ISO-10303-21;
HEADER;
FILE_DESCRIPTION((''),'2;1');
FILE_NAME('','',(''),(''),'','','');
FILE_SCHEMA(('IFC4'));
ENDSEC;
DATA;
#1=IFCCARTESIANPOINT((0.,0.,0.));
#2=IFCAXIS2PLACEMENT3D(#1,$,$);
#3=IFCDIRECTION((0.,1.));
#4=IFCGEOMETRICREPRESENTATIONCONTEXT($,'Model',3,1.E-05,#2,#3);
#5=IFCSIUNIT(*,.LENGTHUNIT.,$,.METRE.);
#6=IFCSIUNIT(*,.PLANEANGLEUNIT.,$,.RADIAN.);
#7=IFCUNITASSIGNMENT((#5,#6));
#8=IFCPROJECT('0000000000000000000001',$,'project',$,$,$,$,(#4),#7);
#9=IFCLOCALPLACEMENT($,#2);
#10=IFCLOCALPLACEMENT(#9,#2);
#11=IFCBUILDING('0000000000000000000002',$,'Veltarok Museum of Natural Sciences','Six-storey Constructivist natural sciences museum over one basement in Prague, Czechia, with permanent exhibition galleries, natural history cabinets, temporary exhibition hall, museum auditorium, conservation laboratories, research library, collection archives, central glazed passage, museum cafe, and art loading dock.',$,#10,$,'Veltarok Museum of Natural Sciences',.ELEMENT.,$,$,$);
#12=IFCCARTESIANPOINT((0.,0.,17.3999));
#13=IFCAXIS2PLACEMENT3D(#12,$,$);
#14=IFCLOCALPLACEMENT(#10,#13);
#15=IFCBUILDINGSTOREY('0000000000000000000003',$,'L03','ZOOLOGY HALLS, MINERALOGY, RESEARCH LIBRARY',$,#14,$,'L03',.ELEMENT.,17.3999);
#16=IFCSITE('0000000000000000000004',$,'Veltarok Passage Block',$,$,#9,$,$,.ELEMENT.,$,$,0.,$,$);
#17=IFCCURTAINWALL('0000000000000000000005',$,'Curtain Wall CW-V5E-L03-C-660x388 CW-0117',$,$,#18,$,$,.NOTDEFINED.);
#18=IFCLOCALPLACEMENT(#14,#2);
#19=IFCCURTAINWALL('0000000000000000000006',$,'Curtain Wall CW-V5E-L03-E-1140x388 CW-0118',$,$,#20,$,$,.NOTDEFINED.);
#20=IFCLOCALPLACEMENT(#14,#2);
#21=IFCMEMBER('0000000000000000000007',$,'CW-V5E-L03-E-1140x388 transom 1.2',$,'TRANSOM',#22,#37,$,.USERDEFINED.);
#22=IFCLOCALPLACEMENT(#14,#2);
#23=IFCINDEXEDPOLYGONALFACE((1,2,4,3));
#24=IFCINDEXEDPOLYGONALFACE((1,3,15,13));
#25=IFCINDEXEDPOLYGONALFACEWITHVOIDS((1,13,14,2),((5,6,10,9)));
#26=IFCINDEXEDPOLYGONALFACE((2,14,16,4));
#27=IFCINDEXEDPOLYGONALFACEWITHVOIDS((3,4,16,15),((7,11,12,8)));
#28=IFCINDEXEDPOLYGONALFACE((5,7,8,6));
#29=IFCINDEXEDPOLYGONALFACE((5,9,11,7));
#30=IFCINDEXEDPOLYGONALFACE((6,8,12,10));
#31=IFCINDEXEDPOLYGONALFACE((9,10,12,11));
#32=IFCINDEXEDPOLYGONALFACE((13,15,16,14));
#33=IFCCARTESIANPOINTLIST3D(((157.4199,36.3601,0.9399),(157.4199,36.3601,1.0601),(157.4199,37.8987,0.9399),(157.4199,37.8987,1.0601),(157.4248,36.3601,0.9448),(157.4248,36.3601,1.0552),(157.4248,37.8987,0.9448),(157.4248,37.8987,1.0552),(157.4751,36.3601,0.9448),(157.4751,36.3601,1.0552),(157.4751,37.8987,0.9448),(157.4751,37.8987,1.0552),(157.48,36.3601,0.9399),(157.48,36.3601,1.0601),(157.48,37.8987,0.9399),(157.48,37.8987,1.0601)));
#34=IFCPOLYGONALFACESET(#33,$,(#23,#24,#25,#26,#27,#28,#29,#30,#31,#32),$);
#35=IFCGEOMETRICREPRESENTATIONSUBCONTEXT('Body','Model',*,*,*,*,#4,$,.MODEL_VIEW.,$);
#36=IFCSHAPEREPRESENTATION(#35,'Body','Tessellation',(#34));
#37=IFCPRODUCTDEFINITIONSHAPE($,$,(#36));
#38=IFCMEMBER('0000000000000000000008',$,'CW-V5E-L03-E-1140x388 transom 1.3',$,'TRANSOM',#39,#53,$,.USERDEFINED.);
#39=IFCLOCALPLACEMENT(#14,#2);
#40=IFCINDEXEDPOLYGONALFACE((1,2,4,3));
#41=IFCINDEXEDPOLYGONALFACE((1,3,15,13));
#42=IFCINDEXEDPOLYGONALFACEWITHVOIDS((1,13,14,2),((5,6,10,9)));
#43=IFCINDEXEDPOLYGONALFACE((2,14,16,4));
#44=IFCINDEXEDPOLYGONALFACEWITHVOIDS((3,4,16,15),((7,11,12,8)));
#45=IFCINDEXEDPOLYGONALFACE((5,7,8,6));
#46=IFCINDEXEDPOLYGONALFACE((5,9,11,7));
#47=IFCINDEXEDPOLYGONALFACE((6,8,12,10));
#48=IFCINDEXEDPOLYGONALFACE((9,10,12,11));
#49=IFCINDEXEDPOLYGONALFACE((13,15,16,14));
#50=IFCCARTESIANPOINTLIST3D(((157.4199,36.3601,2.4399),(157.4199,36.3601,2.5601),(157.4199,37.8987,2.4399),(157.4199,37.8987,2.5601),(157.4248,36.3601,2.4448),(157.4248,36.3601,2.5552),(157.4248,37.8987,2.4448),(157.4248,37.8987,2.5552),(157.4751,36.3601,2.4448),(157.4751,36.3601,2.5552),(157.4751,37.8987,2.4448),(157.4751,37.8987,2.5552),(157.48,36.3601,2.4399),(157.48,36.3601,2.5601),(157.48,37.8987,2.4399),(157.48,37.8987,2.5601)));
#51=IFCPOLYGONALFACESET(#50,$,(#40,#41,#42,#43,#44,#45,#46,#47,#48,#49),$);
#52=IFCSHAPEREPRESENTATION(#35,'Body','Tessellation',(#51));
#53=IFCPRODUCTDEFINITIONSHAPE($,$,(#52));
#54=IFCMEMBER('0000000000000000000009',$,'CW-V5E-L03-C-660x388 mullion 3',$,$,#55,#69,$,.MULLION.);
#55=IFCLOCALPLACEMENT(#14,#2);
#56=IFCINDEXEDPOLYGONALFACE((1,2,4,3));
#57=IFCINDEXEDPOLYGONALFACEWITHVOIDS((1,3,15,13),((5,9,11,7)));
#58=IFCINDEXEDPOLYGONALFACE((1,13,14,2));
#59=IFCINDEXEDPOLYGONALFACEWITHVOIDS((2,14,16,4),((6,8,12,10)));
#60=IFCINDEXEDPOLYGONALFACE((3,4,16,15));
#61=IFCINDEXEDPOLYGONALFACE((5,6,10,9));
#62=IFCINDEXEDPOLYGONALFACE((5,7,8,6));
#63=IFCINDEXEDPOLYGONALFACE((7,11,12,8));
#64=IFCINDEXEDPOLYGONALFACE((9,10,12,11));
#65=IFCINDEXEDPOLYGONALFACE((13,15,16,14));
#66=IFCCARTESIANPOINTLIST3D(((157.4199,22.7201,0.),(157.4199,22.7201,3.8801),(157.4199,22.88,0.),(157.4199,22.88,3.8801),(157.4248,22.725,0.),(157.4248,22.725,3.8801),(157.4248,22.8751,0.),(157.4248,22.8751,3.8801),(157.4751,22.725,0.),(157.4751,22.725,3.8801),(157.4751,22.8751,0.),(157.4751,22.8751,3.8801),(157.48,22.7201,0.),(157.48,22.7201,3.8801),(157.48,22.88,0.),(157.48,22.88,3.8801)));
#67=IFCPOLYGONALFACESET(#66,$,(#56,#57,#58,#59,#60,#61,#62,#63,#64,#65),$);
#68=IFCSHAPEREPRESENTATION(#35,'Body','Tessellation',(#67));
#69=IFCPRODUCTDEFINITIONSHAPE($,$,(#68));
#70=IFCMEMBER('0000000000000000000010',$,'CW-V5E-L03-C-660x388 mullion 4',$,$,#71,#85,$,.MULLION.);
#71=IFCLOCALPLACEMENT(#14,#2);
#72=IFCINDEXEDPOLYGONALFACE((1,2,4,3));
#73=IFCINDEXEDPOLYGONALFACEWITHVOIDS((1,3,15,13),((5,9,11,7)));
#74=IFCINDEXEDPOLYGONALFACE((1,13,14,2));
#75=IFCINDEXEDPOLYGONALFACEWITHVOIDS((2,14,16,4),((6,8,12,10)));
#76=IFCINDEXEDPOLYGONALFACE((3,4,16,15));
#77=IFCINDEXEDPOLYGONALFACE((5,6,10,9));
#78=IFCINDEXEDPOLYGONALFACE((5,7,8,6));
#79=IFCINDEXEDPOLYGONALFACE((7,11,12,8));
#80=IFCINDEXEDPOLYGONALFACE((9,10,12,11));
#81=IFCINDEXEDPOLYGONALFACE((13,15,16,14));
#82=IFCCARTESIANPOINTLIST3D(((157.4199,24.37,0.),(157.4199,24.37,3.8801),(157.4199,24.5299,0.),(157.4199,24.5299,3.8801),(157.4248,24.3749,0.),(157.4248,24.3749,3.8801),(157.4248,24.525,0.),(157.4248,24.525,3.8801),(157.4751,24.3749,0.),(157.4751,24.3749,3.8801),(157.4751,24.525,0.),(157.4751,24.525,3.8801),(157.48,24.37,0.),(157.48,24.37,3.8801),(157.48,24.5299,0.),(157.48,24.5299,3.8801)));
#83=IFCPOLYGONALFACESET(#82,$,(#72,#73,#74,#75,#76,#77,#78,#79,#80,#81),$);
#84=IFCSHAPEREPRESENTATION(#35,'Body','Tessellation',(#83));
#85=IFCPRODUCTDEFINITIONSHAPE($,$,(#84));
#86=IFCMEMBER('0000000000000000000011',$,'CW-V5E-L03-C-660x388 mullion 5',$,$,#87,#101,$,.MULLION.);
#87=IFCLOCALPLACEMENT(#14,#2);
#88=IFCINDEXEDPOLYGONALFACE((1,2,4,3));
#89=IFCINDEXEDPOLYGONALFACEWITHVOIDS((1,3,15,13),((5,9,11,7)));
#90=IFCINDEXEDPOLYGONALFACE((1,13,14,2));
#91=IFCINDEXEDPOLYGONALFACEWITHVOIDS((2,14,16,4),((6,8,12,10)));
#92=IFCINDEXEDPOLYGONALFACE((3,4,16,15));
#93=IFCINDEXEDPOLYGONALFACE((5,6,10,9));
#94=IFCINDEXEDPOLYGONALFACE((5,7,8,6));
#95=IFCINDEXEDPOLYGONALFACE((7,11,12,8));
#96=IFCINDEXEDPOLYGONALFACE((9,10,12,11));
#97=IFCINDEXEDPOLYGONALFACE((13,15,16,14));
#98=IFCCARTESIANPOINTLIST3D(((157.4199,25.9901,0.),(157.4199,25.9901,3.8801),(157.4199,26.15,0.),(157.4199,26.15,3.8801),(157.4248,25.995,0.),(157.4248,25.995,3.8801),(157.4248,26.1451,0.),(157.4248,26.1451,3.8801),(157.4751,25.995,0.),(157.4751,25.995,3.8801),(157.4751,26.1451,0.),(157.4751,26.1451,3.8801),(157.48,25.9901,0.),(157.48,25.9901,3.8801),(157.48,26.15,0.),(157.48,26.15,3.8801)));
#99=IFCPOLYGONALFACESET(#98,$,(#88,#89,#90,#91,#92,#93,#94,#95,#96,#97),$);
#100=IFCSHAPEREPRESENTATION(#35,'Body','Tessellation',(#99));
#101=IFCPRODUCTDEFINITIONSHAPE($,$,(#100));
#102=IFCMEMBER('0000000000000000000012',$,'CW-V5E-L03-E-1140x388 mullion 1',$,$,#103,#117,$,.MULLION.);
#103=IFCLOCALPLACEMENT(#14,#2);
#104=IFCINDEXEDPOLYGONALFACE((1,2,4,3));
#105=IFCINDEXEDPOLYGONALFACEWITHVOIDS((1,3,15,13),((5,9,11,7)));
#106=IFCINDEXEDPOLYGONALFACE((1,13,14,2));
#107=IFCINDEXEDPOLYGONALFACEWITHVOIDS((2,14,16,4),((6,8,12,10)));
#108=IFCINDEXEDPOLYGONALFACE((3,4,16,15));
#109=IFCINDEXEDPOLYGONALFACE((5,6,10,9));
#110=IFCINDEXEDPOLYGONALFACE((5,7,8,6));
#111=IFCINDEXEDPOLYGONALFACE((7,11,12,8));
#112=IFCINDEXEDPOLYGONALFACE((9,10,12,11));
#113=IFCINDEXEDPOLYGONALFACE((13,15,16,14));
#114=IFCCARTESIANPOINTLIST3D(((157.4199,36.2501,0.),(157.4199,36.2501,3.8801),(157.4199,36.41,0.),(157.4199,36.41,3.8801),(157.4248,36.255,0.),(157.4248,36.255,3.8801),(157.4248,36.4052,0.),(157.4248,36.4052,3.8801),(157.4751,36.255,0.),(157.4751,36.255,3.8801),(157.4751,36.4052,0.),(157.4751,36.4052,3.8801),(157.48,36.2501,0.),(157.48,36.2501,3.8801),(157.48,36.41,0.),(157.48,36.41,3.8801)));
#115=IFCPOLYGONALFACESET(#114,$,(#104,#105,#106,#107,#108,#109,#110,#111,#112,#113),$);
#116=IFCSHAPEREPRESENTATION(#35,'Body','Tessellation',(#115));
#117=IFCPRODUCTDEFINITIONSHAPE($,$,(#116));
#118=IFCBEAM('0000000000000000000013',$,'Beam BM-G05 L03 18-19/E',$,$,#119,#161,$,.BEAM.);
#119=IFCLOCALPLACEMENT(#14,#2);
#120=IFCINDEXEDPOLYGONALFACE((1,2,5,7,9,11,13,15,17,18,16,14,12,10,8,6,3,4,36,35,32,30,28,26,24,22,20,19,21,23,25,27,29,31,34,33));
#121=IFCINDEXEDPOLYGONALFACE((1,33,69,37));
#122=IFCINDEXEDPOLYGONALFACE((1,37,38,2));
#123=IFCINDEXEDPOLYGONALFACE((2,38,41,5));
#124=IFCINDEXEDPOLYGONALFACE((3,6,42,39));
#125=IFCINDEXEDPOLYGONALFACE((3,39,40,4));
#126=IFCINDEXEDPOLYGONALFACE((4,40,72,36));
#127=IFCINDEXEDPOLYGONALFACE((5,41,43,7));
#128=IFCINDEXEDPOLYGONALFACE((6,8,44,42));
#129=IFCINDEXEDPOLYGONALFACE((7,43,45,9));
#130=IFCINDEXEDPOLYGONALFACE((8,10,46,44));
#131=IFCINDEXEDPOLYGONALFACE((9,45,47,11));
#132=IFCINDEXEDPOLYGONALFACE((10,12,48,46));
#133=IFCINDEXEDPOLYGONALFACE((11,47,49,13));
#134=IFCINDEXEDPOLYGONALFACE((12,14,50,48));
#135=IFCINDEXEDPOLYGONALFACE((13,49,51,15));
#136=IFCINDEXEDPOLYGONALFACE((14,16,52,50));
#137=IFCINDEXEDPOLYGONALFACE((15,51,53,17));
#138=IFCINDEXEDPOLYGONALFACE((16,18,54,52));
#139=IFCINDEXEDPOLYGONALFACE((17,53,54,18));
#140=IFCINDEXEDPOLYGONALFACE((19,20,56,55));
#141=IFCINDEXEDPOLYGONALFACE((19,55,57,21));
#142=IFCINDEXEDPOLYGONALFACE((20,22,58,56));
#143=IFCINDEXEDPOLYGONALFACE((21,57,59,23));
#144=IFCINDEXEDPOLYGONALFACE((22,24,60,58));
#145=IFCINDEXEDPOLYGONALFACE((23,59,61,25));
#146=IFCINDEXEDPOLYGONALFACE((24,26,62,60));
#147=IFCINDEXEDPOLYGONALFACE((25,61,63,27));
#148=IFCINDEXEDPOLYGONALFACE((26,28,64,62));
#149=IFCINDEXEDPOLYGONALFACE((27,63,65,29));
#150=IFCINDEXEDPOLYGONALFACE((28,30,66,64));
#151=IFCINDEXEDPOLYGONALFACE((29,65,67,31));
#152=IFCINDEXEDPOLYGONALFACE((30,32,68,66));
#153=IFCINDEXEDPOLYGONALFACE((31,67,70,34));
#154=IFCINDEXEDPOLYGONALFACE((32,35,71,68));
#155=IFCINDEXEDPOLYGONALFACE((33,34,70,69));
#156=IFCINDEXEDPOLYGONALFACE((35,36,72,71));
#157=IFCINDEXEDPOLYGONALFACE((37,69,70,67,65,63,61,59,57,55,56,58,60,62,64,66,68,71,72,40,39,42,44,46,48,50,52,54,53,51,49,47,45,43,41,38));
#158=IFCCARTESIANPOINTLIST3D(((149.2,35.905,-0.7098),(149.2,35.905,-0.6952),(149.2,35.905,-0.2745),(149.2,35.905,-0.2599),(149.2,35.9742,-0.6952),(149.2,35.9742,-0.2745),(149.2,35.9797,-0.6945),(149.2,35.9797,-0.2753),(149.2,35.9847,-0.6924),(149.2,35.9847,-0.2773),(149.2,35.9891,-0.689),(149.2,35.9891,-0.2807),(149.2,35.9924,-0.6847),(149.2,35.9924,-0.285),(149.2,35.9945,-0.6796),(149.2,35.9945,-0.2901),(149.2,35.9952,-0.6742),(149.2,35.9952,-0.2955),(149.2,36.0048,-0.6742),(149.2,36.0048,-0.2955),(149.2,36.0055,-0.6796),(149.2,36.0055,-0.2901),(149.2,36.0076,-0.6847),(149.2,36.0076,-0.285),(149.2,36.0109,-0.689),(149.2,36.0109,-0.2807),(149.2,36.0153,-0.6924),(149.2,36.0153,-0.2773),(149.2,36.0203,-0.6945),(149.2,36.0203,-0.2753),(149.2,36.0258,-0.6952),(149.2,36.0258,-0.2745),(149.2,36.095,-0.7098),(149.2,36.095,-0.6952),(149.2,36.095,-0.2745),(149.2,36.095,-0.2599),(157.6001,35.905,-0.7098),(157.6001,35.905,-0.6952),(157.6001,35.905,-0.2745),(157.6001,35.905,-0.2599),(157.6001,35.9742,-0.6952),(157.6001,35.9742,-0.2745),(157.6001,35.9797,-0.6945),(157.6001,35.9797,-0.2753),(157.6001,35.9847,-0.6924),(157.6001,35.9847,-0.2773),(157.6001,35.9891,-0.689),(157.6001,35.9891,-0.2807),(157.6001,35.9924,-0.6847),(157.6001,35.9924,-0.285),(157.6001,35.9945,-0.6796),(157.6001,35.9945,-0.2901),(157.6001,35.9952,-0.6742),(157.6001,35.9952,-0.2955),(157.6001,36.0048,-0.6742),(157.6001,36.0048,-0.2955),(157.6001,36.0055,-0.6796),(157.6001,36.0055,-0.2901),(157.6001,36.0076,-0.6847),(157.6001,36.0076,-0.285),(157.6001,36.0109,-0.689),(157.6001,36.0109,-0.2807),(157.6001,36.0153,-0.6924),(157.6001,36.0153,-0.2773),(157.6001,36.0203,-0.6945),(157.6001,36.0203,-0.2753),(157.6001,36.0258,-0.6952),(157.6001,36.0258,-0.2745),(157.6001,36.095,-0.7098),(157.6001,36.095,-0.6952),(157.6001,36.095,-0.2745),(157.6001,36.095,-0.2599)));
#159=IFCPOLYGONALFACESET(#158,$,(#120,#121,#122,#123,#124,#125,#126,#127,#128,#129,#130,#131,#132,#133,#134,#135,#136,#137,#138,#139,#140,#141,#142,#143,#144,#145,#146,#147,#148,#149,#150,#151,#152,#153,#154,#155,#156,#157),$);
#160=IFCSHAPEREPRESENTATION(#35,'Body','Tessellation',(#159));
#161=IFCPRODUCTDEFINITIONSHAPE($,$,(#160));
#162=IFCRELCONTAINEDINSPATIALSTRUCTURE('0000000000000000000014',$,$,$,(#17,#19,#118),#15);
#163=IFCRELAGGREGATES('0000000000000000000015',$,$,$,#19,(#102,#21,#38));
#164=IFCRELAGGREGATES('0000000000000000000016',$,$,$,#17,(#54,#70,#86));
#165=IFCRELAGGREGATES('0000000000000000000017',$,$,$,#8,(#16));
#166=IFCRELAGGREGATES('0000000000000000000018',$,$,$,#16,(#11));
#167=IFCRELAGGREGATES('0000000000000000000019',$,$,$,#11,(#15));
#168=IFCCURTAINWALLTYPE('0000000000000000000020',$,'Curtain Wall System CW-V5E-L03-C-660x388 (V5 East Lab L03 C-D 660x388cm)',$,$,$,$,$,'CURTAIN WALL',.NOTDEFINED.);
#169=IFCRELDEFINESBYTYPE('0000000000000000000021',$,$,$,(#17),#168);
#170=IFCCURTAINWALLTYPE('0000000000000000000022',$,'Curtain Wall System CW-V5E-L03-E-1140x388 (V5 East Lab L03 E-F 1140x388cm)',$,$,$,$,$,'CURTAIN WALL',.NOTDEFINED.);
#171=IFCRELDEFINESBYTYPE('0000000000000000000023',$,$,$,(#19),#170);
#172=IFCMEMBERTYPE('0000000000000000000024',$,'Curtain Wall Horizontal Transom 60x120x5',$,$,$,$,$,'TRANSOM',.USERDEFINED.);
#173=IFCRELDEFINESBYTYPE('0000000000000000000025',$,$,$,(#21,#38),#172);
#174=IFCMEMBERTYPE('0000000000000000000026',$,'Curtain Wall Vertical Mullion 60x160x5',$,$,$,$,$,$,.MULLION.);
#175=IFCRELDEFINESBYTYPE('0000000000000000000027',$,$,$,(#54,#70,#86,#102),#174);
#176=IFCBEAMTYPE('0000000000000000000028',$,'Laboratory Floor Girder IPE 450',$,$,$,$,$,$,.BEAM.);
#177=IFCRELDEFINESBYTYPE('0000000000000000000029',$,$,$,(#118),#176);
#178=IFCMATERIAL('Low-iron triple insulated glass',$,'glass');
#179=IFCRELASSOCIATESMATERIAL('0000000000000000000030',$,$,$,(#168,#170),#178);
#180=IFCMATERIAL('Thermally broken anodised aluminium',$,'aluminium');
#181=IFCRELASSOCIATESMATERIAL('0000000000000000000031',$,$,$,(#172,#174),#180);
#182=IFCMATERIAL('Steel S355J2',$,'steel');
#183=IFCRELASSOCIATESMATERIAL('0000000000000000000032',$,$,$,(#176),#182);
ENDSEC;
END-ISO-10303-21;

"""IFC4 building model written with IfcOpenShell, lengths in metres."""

from ifc_helpers import new_model, si_unit, direction, frame, origin, origin_2d, place, context, subcontext, project, spatial, hollow_rectangle, i_section, extrude, material, material_profile, profile_set, type_object, element, aggregate, save


model = new_model("IFC4")

# Units and contexts
model_context = context("Model", 3, precision=1e-05, world=origin(), true_north=direction((0.0, 1.0)))
body_context = subcontext(model_context, "Body", "Model", "MODEL_VIEW")
ifc_project = project(units=[si_unit("LENGTHUNIT", "METRE"), si_unit("PLANEANGLEUNIT", "RADIAN")], contexts=[model_context])

# Site, building, storey
site_placement = place(None, origin())
site = spatial("IfcSite", under=ifc_project, at=site_placement, Name="Veltarok Passage Block", CompositionType="ELEMENT", RefElevation=0.0)
building_placement = place(site_placement, origin())
building = spatial("IfcBuilding", under=site, at=building_placement, Name="Veltarok Museum of Natural Sciences", Description="Six-storey Constructivist natural sciences museum over one basement in Prague, Czechia, with permanent exhibition galleries, natural history cabinets, temporary exhibition hall, museum auditorium, conservation laboratories, research library, collection archives, central glazed passage, museum cafe, and art loading dock.", LongName="Veltarok Museum of Natural Sciences", CompositionType="ELEMENT")
storey_placement = place(building_placement, frame((0.0, 0.0, 17.3999)))
storey = spatial("IfcBuildingStorey", under=building, at=storey_placement, Name="L03", Description="ZOOLOGY HALLS, MINERALOGY, RESEARCH LIBRARY", LongName="L03", CompositionType="ELEMENT", Elevation=17.3999)

# Curtain walls, members
ifc_material_1 = material(Name="Low-iron triple insulated glass", Category="glass")
curtain_wall_type_1 = type_object("IfcCurtainWallType", Name="Curtain Wall System CW-V5E-L03-C-660x388 (V5 East Lab L03 C-D 660x388cm)", ElementType="CURTAIN WALL", PredefinedType="NOTDEFINED", material=ifc_material_1)
curtain_wall_1_placement = place(storey_placement, origin())
curtain_wall_1 = element("IfcCurtainWall", 1, at=curtain_wall_1_placement, inside=storey, type_object=curtain_wall_type_1, Name="Curtain Wall CW-V5E-L03-C-660x388 CW-0117", PredefinedType="NOTDEFINED")
ifc_material_2 = material(Name="Thermally broken anodised aluminium", Category="aluminium")
ifc_material_profile_1 = material_profile(ifc_material_2, hollow_rectangle(XDim=0.0601, YDim=0.1201, WallThickness=0.0049, at=origin_2d()), Name="CW TRANSOM 60x120x5")
ifc_profile_set_1 = profile_set([ifc_material_profile_1], Name="Thermally broken anodised aluminium")
member_type_1 = type_object("IfcMemberType", Name="Curtain Wall Horizontal Transom 60x120x5", ElementType="TRANSOM", PredefinedType="USERDEFINED", material=ifc_profile_set_1)
curtain_wall_type_2 = type_object("IfcCurtainWallType", Name="Curtain Wall System CW-V5E-L03-E-1140x388 (V5 East Lab L03 E-F 1140x388cm)", ElementType="CURTAIN WALL", PredefinedType="NOTDEFINED", material=ifc_material_1)
curtain_wall_2_placement = place(storey_placement, origin())
curtain_wall_2 = element("IfcCurtainWall", 2, at=curtain_wall_2_placement, inside=storey, type_object=curtain_wall_type_2, Name="Curtain Wall CW-V5E-L03-E-1140x388 CW-0118", PredefinedType="NOTDEFINED")
member_1_placement = place(storey_placement, frame((157.45, 36.3601, 1.0), z_axis=(0.0, 1.0, 0.0), x_axis=(-1.0, 0.0, 0.0)))
member_1 = element("IfcMember", 3, at=member_1_placement, type_object=member_type_1, Name="CW-V5E-L03-E-1140x388 transom 1.2", ObjectType="TRANSOM", PredefinedType="USERDEFINED", context=body_context, shape_type="SweptSolid", body=[
    extrude(hollow_rectangle(XDim=0.0601, YDim=0.1201, WallThickness=0.0049, at=origin_2d()), origin(), (0.0, 0.0, 1.0), 1.5386),
])
member_2_placement = place(storey_placement, frame((157.45, 36.3601, 2.5), z_axis=(0.0, 1.0, 0.0), x_axis=(-1.0, 0.0, 0.0)))
member_2 = element("IfcMember", 4, at=member_2_placement, type_object=member_type_1, Name="CW-V5E-L03-E-1140x388 transom 1.3", ObjectType="TRANSOM", PredefinedType="USERDEFINED", context=body_context, shape_type="SweptSolid", body=[
    extrude(hollow_rectangle(XDim=0.0601, YDim=0.1201, WallThickness=0.0049, at=origin_2d()), origin(), (0.0, 0.0, 1.0), 1.5386),
])

# Members
ifc_material_profile_2 = material_profile(ifc_material_2, hollow_rectangle(XDim=0.0601, YDim=0.1599, WallThickness=0.0049, at=origin_2d()), Name="CW MULLION 60x160x5")
ifc_profile_set_2 = profile_set([ifc_material_profile_2], Name="Thermally broken anodised aluminium")
member_type_2 = type_object("IfcMemberType", Name="Curtain Wall Vertical Mullion 60x160x5", PredefinedType="MULLION", material=ifc_profile_set_2)
member_3_placement = place(storey_placement, frame((157.45, 22.8, 0.0), z_axis=(0.0, 0.0, 1.0), x_axis=(-1.0, 0.0, 0.0)))
member_3 = element("IfcMember", 5, at=member_3_placement, type_object=member_type_2, Name="CW-V5E-L03-C-660x388 mullion 3", PredefinedType="MULLION", context=body_context, shape_type="SweptSolid", body=[
    extrude(hollow_rectangle(XDim=0.0601, YDim=0.1599, WallThickness=0.0049, at=origin_2d()), origin(), (0.0, 0.0, 1.0), 3.8801),
])
member_4_placement = place(storey_placement, frame((157.45, 24.45, 0.0), z_axis=(0.0, 0.0, 1.0), x_axis=(-1.0, 0.0, 0.0)))
member_4 = element("IfcMember", 6, at=member_4_placement, type_object=member_type_2, Name="CW-V5E-L03-C-660x388 mullion 4", PredefinedType="MULLION", context=body_context, shape_type="SweptSolid", body=[
    extrude(hollow_rectangle(XDim=0.0601, YDim=0.1599, WallThickness=0.0049, at=origin_2d()), origin(), (0.0, 0.0, 1.0), 3.8801),
])
member_5_placement = place(storey_placement, frame((157.45, 26.0701, 0.0), z_axis=(0.0, 0.0, 1.0), x_axis=(-1.0, 0.0, 0.0)))
member_5 = element("IfcMember", 7, at=member_5_placement, type_object=member_type_2, Name="CW-V5E-L03-C-660x388 mullion 5", PredefinedType="MULLION", context=body_context, shape_type="SweptSolid", body=[
    extrude(hollow_rectangle(XDim=0.0601, YDim=0.1599, WallThickness=0.0049, at=origin_2d()), origin(), (0.0, 0.0, 1.0), 3.8801),
])
member_6_placement = place(storey_placement, frame((157.45, 36.3301, 0.0), z_axis=(0.0, 0.0, 1.0), x_axis=(-1.0, 0.0, 0.0)))
member_6 = element("IfcMember", 8, at=member_6_placement, type_object=member_type_2, Name="CW-V5E-L03-E-1140x388 mullion 1", PredefinedType="MULLION", context=body_context, shape_type="SweptSolid", body=[
    extrude(hollow_rectangle(XDim=0.0601, YDim=0.1599, WallThickness=0.0049, at=origin_2d()), origin(), (0.0, 0.0, 1.0), 3.8801),
])
aggregate(curtain_wall_2, [member_6, member_1, member_2])

# Beam
ifc_material_3 = material(Name="Steel S355J2", Category="steel")
ifc_material_profile_3 = material_profile(ifc_material_3, i_section(OverallWidth=0.1899, OverallDepth=0.45, WebThickness=0.0095, FlangeThickness=0.0146, FilletRadius=0.021, at=origin_2d()), Name="IPE 450")
ifc_profile_set_3 = profile_set([ifc_material_profile_3], Name="Steel S355J2")
beam_type_1 = type_object("IfcBeamType", Name="Laboratory Floor Girder IPE 450", PredefinedType="BEAM", material=ifc_profile_set_3)
beam_1_placement = place(storey_placement, frame((149.2, 36.0, -0.4849), z_axis=(1.0, 0.0, 0.0), x_axis=(0.0, 1.0, 0.0)))
element("IfcBeam", 9, at=beam_1_placement, inside=storey, type_object=beam_type_1, Name="Beam BM-G05 L03 18-19/E", PredefinedType="BEAM", context=body_context, shape_type="SweptSolid", body=[
    extrude(i_section(OverallWidth=0.1899, OverallDepth=0.45, WebThickness=0.0095, FlangeThickness=0.0146, FilletRadius=0.021, at=origin_2d()), origin(), (0.0, 0.0, 1.0), 8.4001),
])

aggregate(curtain_wall_1, [member_3, member_4, member_5])

save(model, "model.ifc")
